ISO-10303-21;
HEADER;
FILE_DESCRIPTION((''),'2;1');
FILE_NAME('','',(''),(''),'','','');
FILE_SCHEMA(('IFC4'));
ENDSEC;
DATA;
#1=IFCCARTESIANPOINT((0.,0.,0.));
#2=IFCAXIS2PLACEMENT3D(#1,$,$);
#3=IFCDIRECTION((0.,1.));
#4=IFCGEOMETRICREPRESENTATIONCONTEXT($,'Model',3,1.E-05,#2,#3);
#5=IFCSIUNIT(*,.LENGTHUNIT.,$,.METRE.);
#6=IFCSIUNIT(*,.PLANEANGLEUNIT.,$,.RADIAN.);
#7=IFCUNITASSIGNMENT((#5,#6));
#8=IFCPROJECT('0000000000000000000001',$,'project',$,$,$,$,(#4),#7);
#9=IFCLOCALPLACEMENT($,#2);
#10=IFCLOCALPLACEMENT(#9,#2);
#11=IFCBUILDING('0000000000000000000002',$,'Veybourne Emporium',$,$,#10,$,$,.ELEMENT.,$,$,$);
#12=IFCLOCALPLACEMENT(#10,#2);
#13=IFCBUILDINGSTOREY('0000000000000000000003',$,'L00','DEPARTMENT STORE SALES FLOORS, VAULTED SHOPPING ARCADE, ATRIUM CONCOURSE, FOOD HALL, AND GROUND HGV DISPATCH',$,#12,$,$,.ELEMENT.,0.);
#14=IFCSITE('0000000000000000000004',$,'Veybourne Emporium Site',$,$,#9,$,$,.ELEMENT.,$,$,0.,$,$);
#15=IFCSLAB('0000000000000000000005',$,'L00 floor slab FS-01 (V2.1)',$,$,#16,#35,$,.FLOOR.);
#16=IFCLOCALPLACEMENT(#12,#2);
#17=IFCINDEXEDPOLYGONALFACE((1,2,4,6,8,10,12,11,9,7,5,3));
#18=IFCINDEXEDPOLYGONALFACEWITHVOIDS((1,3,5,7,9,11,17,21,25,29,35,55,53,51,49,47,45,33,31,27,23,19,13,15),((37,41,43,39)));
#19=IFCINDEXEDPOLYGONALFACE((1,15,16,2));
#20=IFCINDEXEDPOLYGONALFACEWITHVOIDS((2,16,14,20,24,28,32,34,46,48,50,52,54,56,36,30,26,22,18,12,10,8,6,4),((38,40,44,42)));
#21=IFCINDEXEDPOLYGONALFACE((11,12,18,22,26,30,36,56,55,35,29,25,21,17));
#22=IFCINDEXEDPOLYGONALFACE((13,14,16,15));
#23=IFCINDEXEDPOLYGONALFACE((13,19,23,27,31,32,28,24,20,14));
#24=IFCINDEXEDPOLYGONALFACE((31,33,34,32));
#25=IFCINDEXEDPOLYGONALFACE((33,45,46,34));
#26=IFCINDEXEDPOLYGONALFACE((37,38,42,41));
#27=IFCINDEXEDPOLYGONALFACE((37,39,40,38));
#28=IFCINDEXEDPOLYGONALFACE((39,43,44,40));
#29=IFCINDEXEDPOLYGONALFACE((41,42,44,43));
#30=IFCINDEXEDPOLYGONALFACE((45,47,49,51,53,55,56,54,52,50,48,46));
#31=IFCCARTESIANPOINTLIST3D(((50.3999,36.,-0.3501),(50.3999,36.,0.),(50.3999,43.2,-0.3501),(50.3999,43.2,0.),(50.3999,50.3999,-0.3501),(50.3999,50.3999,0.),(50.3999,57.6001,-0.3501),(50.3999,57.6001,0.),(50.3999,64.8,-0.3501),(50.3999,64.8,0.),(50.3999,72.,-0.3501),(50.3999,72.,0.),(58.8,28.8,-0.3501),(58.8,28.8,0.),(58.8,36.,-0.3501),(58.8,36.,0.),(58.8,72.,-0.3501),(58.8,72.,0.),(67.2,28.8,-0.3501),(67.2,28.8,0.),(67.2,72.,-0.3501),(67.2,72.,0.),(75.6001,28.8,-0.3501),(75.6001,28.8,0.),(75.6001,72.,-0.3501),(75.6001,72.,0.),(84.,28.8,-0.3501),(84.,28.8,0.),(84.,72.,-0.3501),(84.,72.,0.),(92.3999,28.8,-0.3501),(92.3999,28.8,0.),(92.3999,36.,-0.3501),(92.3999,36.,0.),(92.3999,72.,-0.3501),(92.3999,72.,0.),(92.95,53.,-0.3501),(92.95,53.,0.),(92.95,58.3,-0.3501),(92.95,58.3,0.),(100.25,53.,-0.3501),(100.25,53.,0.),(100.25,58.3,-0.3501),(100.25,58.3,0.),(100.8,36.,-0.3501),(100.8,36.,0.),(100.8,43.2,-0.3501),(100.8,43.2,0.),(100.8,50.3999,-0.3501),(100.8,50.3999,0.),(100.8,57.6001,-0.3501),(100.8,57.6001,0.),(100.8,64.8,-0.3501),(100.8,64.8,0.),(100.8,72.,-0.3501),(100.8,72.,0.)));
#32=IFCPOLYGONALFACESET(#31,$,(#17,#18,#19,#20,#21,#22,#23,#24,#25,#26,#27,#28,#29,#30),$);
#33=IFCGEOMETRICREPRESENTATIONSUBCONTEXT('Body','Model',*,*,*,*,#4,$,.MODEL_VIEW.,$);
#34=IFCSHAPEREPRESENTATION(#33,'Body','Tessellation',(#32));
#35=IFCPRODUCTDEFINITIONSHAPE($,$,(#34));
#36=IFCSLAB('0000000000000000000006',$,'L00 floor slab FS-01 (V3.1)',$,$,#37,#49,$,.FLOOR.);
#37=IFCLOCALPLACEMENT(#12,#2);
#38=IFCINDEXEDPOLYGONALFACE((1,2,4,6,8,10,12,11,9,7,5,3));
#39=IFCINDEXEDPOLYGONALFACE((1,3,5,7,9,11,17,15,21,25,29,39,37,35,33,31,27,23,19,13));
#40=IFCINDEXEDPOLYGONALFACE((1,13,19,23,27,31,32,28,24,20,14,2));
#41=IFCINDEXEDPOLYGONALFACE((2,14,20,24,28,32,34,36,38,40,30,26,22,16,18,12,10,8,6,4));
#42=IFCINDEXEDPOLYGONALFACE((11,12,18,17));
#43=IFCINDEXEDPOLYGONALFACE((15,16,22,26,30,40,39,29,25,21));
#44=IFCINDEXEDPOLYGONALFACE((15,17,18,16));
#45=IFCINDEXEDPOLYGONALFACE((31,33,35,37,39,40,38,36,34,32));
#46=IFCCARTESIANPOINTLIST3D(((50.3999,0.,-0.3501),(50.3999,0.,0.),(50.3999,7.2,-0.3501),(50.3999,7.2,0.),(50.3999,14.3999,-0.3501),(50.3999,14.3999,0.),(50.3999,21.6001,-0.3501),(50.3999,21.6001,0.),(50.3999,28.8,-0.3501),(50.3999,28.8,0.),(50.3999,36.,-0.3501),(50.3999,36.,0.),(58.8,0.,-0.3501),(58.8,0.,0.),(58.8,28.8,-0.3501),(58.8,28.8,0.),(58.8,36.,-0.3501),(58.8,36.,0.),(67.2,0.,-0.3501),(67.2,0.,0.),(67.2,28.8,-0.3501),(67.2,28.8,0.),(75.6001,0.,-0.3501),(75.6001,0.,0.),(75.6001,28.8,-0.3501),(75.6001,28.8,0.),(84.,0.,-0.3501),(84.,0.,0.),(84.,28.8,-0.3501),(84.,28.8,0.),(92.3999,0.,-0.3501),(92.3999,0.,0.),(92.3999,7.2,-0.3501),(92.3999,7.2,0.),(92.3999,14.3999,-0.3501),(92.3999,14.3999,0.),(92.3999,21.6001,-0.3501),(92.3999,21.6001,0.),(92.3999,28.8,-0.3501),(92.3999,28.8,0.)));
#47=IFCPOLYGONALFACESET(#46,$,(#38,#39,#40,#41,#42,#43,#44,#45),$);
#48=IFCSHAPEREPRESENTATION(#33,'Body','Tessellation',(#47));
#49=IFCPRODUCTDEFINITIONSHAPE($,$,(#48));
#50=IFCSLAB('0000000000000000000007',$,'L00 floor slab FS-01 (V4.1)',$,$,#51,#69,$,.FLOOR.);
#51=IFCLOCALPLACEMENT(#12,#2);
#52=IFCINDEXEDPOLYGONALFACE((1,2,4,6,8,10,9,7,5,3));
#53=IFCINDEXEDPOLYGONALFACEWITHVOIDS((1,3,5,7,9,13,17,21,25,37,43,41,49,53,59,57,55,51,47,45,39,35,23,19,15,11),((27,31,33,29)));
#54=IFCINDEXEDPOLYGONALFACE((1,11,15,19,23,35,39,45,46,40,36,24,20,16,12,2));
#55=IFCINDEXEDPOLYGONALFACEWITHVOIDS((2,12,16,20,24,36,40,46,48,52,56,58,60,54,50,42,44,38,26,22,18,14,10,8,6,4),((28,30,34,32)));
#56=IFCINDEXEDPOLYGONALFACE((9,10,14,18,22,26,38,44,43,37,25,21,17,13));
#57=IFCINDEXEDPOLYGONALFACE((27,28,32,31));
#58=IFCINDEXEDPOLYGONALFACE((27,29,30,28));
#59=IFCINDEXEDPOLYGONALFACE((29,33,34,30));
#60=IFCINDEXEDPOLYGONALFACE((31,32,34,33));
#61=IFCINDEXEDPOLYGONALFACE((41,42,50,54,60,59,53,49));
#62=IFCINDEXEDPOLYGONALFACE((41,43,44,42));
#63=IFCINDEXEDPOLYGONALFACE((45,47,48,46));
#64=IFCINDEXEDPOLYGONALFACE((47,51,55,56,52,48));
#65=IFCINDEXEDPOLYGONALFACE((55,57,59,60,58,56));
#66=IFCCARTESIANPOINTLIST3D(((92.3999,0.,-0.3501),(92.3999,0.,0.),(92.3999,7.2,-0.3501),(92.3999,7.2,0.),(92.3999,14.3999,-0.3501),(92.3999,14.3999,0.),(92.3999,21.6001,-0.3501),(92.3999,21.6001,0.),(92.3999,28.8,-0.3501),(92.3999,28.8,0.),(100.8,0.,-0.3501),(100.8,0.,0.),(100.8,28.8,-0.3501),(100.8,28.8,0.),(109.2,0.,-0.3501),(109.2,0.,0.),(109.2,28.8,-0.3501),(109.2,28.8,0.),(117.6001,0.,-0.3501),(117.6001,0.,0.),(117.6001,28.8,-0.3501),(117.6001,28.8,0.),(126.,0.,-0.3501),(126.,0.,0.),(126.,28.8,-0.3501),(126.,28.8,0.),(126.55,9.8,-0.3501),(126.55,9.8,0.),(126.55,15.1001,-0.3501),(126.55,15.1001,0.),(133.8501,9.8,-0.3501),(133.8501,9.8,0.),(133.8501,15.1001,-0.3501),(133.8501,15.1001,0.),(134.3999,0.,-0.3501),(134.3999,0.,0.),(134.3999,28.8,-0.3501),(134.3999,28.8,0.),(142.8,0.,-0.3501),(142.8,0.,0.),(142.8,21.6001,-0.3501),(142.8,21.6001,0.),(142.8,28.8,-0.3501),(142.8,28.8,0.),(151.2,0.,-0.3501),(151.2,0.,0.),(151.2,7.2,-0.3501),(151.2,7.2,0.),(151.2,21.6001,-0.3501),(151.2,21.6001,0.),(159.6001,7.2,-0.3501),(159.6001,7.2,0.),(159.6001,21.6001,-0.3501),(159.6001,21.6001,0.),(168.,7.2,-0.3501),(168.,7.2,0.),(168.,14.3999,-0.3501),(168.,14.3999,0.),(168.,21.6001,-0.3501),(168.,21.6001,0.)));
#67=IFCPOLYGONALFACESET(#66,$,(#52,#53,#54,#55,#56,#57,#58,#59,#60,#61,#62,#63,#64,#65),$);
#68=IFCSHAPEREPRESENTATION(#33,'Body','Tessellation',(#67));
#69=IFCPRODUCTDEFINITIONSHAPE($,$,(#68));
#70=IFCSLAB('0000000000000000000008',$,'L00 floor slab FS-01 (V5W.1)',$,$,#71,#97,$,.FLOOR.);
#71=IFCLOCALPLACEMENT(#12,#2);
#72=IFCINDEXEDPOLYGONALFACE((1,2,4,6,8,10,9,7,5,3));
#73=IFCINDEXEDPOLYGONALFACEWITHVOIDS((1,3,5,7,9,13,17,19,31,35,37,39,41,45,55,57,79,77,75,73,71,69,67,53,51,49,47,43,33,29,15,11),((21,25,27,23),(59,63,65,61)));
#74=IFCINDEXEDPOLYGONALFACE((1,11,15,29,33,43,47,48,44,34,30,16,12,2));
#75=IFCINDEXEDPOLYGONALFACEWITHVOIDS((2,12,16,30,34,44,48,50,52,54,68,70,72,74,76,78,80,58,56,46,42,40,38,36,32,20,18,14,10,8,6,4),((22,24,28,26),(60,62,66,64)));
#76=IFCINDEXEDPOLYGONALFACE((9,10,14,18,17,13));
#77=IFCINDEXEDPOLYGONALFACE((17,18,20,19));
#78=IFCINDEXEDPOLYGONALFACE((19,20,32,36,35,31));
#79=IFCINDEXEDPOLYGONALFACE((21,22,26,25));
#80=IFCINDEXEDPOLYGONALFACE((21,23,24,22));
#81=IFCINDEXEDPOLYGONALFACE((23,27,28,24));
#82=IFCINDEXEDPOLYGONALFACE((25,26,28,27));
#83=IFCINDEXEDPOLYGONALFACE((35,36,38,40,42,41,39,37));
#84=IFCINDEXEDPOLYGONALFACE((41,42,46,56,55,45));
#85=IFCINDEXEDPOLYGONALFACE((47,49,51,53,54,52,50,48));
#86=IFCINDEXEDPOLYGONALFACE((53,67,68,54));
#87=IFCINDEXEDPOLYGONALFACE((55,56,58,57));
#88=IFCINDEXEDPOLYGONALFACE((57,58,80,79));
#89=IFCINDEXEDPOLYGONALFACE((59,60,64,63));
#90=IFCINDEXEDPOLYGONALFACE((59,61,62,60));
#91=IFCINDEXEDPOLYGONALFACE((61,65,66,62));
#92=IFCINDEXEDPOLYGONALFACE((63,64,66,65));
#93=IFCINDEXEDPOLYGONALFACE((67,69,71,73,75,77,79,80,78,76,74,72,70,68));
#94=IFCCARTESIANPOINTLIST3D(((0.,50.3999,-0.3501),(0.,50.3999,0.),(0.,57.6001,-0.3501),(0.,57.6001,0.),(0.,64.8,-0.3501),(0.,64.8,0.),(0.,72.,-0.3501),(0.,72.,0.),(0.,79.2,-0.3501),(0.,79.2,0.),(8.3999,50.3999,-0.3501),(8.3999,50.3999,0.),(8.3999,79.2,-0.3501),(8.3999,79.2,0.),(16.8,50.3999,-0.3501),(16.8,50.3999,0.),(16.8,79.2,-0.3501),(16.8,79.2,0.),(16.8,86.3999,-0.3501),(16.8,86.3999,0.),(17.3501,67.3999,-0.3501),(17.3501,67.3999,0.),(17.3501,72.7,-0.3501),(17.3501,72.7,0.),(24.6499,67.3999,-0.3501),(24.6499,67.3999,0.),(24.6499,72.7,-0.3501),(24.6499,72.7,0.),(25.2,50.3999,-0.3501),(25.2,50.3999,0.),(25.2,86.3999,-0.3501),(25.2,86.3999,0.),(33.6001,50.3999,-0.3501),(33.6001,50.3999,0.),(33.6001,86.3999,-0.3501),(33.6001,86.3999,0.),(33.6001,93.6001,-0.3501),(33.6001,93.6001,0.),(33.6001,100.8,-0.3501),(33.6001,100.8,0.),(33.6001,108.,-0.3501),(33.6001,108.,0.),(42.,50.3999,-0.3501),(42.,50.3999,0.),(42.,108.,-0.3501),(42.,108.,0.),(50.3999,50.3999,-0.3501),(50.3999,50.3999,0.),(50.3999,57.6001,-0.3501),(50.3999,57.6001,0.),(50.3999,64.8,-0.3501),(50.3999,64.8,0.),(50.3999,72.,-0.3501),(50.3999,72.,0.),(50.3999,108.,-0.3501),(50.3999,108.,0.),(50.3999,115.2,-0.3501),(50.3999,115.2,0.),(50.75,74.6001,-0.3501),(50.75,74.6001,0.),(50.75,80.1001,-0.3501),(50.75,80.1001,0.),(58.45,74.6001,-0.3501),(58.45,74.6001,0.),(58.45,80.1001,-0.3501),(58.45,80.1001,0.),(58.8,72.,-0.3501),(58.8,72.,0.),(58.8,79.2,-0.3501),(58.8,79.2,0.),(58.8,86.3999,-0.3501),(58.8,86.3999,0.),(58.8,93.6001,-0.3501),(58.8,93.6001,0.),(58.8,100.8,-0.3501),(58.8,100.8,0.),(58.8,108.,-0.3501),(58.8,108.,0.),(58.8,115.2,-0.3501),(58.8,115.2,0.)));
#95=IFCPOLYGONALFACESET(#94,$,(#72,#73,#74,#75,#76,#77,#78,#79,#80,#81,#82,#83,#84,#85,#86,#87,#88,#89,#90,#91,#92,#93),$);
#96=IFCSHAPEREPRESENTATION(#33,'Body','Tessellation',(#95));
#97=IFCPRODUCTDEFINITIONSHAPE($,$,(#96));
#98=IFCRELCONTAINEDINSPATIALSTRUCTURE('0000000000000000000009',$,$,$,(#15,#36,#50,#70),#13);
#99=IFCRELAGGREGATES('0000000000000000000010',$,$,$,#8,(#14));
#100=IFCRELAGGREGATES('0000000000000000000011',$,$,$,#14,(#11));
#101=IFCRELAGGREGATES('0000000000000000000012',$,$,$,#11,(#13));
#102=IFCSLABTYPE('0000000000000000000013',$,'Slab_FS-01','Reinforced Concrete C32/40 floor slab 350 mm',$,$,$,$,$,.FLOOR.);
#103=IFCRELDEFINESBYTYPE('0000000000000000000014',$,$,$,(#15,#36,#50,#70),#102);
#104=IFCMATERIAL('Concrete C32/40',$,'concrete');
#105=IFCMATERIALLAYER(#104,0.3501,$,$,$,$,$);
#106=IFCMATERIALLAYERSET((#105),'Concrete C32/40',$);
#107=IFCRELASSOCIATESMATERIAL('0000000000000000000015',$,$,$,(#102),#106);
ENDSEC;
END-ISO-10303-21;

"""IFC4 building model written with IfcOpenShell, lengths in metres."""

from ifc_helpers import new_model, si_unit, direction, frame, origin, place, context, subcontext, project, spatial, polyline, outline, extrude, material, layer, layer_set, type_object, element, save


model = new_model("IFC4")

# Units and contexts
model_context = context("Model", 3, precision=1e-05, world=origin(), true_north=direction((0.0, 1.0)))
body_context = subcontext(model_context, "Body", "Model", "MODEL_VIEW")
ifc_project = project(units=[si_unit("LENGTHUNIT", "METRE"), si_unit("PLANEANGLEUNIT", "RADIAN")], contexts=[model_context])

# Site, building, storey
site_placement = place(None, origin())
site = spatial("IfcSite", under=ifc_project, at=site_placement, Name="Veybourne Emporium Site", CompositionType="ELEMENT", RefElevation=0.0)
building_placement = place(site_placement, origin())
building = spatial("IfcBuilding", under=site, at=building_placement, Name="Veybourne Emporium", CompositionType="ELEMENT")
storey_placement = place(building_placement, origin())
storey = spatial("IfcBuildingStorey", under=building, at=storey_placement, Name="L00", Description="DEPARTMENT STORE SALES FLOORS, VAULTED SHOPPING ARCADE, ATRIUM CONCOURSE, FOOD HALL, AND GROUND HGV DISPATCH", CompositionType="ELEMENT", Elevation=0.0)

# Shared definitions
ifc_material_1 = material(Name="Concrete C32/40", Category="concrete")

# Slabs
ifc_layer_1 = layer(ifc_material_1, 0.3501)
ifc_layer_set_1 = layer_set([ifc_layer_1], Name="Concrete C32/40")
slab_type_1 = type_object("IfcSlabType", Name="Slab_FS-01", Description="Reinforced Concrete C32/40 floor slab 350 mm", PredefinedType="FLOOR", material=ifc_layer_set_1)
slab_1_placement = place(storey_placement, frame((0.0, 0.0, -0.3501)))
element("IfcSlab", 1, at=slab_1_placement, inside=storey, type_object=slab_type_1, Name="L00 floor slab FS-01 (V2.1)", PredefinedType="FLOOR", context=body_context, shape_type="SweptSolid", body=[
    extrude(outline(polyline([(50.3999, 36.0), (50.3999, 43.2), (50.3999, 50.3999), (50.3999, 57.6001), (50.3999, 64.8), (50.3999, 72.0), (58.8, 72.0), (67.2, 72.0), (75.6001, 72.0), (84.0, 72.0), (92.3999, 72.0), (100.8, 72.0), (100.8, 64.8), (100.8, 57.6001), (100.8, 50.3999), (100.8, 43.2), (100.8, 36.0), (92.3999, 36.0), (92.3999, 28.8), (84.0, 28.8), (75.6001, 28.8), (67.2, 28.8), (58.8, 28.8), (58.8, 36.0), (50.3999, 36.0)]), holes=[polyline([(100.25, 53.0), (100.25, 58.3), (92.95, 58.3), (92.95, 53.0), (100.25, 53.0)])]), origin(), (0.0, 0.0, 1.0), 0.3501),
])
slab_2_placement = place(storey_placement, frame((0.0, 0.0, -0.3501)))
element("IfcSlab", 2, at=slab_2_placement, inside=storey, type_object=slab_type_1, Name="L00 floor slab FS-01 (V3.1)", PredefinedType="FLOOR", context=body_context, shape_type="SweptSolid", body=[
    extrude(outline(polyline([(50.3999, 28.8), (50.3999, 36.0), (58.8, 36.0), (58.8, 28.8), (67.2, 28.8), (75.6001, 28.8), (84.0, 28.8), (92.3999, 28.8), (92.3999, 21.6001), (92.3999, 14.3999), (92.3999, 7.2), (92.3999, 0.0), (84.0, 0.0), (75.6001, 0.0), (67.2, 0.0), (58.8, 0.0), (50.3999, 0.0), (50.3999, 7.2), (50.3999, 14.3999), (50.3999, 21.6001), (50.3999, 28.8)])), origin(), (0.0, 0.0, 1.0), 0.3501),
])
slab_3_placement = place(storey_placement, frame((0.0, 0.0, -0.3501)))
element("IfcSlab", 3, at=slab_3_placement, inside=storey, type_object=slab_type_1, Name="L00 floor slab FS-01 (V4.1)", PredefinedType="FLOOR", context=body_context, shape_type="SweptSolid", body=[
    extrude(outline(polyline([(92.3999, 28.8), (100.8, 28.8), (109.2, 28.8), (117.6001, 28.8), (126.0, 28.8), (134.3999, 28.8), (142.8, 28.8), (142.8, 21.6001), (151.2, 21.6001), (159.6001, 21.6001), (168.0, 21.6001), (168.0, 14.3999), (168.0, 7.2), (159.6001, 7.2), (151.2, 7.2), (151.2, 0.0), (142.8, 0.0), (134.3999, 0.0), (126.0, 0.0), (117.6001, 0.0), (109.2, 0.0), (100.8, 0.0), (92.3999, 0.0), (92.3999, 7.2), (92.3999, 14.3999), (92.3999, 21.6001), (92.3999, 28.8)]), holes=[polyline([(133.8501, 9.8), (133.8501, 15.1001), (126.55, 15.1001), (126.55, 9.8), (133.8501, 9.8)])]), origin(), (0.0, 0.0, 1.0), 0.3501),
])
slab_4_placement = place(storey_placement, frame((0.0, 0.0, -0.3501)))
element("IfcSlab", 4, at=slab_4_placement, inside=storey, type_object=slab_type_1, Name="L00 floor slab FS-01 (V5W.1)", PredefinedType="FLOOR", context=body_context, shape_type="SweptSolid", body=[
    extrude(outline(polyline([(16.8, 50.3999), (8.3999, 50.3999), (0.0, 50.3999), (0.0, 57.6001), (0.0, 64.8), (0.0, 72.0), (0.0, 79.2), (8.3999, 79.2), (16.8, 79.2), (16.8, 86.3999), (25.2, 86.3999), (33.6001, 86.3999), (33.6001, 93.6001), (33.6001, 100.8), (33.6001, 108.0), (42.0, 108.0), (50.3999, 108.0), (50.3999, 115.2), (58.8, 115.2), (58.8, 108.0), (58.8, 100.8), (58.8, 93.6001), (58.8, 86.3999), (58.8, 79.2), (58.8, 72.0), (50.3999, 72.0), (50.3999, 64.8), (50.3999, 57.6001), (50.3999, 50.3999), (42.0, 50.3999), (33.6001, 50.3999), (25.2, 50.3999), (16.8, 50.3999)]), holes=[polyline([(24.6499, 67.3999), (24.6499, 72.7), (17.3501, 72.7), (17.3501, 67.3999), (24.6499, 67.3999)]), polyline([(58.45, 74.6001), (58.45, 80.1001), (50.75, 80.1001), (50.75, 74.6001), (58.45, 74.6001)])]), origin(), (0.0, 0.0, 1.0), 0.3501),
])

save(model, "model.ifc")
